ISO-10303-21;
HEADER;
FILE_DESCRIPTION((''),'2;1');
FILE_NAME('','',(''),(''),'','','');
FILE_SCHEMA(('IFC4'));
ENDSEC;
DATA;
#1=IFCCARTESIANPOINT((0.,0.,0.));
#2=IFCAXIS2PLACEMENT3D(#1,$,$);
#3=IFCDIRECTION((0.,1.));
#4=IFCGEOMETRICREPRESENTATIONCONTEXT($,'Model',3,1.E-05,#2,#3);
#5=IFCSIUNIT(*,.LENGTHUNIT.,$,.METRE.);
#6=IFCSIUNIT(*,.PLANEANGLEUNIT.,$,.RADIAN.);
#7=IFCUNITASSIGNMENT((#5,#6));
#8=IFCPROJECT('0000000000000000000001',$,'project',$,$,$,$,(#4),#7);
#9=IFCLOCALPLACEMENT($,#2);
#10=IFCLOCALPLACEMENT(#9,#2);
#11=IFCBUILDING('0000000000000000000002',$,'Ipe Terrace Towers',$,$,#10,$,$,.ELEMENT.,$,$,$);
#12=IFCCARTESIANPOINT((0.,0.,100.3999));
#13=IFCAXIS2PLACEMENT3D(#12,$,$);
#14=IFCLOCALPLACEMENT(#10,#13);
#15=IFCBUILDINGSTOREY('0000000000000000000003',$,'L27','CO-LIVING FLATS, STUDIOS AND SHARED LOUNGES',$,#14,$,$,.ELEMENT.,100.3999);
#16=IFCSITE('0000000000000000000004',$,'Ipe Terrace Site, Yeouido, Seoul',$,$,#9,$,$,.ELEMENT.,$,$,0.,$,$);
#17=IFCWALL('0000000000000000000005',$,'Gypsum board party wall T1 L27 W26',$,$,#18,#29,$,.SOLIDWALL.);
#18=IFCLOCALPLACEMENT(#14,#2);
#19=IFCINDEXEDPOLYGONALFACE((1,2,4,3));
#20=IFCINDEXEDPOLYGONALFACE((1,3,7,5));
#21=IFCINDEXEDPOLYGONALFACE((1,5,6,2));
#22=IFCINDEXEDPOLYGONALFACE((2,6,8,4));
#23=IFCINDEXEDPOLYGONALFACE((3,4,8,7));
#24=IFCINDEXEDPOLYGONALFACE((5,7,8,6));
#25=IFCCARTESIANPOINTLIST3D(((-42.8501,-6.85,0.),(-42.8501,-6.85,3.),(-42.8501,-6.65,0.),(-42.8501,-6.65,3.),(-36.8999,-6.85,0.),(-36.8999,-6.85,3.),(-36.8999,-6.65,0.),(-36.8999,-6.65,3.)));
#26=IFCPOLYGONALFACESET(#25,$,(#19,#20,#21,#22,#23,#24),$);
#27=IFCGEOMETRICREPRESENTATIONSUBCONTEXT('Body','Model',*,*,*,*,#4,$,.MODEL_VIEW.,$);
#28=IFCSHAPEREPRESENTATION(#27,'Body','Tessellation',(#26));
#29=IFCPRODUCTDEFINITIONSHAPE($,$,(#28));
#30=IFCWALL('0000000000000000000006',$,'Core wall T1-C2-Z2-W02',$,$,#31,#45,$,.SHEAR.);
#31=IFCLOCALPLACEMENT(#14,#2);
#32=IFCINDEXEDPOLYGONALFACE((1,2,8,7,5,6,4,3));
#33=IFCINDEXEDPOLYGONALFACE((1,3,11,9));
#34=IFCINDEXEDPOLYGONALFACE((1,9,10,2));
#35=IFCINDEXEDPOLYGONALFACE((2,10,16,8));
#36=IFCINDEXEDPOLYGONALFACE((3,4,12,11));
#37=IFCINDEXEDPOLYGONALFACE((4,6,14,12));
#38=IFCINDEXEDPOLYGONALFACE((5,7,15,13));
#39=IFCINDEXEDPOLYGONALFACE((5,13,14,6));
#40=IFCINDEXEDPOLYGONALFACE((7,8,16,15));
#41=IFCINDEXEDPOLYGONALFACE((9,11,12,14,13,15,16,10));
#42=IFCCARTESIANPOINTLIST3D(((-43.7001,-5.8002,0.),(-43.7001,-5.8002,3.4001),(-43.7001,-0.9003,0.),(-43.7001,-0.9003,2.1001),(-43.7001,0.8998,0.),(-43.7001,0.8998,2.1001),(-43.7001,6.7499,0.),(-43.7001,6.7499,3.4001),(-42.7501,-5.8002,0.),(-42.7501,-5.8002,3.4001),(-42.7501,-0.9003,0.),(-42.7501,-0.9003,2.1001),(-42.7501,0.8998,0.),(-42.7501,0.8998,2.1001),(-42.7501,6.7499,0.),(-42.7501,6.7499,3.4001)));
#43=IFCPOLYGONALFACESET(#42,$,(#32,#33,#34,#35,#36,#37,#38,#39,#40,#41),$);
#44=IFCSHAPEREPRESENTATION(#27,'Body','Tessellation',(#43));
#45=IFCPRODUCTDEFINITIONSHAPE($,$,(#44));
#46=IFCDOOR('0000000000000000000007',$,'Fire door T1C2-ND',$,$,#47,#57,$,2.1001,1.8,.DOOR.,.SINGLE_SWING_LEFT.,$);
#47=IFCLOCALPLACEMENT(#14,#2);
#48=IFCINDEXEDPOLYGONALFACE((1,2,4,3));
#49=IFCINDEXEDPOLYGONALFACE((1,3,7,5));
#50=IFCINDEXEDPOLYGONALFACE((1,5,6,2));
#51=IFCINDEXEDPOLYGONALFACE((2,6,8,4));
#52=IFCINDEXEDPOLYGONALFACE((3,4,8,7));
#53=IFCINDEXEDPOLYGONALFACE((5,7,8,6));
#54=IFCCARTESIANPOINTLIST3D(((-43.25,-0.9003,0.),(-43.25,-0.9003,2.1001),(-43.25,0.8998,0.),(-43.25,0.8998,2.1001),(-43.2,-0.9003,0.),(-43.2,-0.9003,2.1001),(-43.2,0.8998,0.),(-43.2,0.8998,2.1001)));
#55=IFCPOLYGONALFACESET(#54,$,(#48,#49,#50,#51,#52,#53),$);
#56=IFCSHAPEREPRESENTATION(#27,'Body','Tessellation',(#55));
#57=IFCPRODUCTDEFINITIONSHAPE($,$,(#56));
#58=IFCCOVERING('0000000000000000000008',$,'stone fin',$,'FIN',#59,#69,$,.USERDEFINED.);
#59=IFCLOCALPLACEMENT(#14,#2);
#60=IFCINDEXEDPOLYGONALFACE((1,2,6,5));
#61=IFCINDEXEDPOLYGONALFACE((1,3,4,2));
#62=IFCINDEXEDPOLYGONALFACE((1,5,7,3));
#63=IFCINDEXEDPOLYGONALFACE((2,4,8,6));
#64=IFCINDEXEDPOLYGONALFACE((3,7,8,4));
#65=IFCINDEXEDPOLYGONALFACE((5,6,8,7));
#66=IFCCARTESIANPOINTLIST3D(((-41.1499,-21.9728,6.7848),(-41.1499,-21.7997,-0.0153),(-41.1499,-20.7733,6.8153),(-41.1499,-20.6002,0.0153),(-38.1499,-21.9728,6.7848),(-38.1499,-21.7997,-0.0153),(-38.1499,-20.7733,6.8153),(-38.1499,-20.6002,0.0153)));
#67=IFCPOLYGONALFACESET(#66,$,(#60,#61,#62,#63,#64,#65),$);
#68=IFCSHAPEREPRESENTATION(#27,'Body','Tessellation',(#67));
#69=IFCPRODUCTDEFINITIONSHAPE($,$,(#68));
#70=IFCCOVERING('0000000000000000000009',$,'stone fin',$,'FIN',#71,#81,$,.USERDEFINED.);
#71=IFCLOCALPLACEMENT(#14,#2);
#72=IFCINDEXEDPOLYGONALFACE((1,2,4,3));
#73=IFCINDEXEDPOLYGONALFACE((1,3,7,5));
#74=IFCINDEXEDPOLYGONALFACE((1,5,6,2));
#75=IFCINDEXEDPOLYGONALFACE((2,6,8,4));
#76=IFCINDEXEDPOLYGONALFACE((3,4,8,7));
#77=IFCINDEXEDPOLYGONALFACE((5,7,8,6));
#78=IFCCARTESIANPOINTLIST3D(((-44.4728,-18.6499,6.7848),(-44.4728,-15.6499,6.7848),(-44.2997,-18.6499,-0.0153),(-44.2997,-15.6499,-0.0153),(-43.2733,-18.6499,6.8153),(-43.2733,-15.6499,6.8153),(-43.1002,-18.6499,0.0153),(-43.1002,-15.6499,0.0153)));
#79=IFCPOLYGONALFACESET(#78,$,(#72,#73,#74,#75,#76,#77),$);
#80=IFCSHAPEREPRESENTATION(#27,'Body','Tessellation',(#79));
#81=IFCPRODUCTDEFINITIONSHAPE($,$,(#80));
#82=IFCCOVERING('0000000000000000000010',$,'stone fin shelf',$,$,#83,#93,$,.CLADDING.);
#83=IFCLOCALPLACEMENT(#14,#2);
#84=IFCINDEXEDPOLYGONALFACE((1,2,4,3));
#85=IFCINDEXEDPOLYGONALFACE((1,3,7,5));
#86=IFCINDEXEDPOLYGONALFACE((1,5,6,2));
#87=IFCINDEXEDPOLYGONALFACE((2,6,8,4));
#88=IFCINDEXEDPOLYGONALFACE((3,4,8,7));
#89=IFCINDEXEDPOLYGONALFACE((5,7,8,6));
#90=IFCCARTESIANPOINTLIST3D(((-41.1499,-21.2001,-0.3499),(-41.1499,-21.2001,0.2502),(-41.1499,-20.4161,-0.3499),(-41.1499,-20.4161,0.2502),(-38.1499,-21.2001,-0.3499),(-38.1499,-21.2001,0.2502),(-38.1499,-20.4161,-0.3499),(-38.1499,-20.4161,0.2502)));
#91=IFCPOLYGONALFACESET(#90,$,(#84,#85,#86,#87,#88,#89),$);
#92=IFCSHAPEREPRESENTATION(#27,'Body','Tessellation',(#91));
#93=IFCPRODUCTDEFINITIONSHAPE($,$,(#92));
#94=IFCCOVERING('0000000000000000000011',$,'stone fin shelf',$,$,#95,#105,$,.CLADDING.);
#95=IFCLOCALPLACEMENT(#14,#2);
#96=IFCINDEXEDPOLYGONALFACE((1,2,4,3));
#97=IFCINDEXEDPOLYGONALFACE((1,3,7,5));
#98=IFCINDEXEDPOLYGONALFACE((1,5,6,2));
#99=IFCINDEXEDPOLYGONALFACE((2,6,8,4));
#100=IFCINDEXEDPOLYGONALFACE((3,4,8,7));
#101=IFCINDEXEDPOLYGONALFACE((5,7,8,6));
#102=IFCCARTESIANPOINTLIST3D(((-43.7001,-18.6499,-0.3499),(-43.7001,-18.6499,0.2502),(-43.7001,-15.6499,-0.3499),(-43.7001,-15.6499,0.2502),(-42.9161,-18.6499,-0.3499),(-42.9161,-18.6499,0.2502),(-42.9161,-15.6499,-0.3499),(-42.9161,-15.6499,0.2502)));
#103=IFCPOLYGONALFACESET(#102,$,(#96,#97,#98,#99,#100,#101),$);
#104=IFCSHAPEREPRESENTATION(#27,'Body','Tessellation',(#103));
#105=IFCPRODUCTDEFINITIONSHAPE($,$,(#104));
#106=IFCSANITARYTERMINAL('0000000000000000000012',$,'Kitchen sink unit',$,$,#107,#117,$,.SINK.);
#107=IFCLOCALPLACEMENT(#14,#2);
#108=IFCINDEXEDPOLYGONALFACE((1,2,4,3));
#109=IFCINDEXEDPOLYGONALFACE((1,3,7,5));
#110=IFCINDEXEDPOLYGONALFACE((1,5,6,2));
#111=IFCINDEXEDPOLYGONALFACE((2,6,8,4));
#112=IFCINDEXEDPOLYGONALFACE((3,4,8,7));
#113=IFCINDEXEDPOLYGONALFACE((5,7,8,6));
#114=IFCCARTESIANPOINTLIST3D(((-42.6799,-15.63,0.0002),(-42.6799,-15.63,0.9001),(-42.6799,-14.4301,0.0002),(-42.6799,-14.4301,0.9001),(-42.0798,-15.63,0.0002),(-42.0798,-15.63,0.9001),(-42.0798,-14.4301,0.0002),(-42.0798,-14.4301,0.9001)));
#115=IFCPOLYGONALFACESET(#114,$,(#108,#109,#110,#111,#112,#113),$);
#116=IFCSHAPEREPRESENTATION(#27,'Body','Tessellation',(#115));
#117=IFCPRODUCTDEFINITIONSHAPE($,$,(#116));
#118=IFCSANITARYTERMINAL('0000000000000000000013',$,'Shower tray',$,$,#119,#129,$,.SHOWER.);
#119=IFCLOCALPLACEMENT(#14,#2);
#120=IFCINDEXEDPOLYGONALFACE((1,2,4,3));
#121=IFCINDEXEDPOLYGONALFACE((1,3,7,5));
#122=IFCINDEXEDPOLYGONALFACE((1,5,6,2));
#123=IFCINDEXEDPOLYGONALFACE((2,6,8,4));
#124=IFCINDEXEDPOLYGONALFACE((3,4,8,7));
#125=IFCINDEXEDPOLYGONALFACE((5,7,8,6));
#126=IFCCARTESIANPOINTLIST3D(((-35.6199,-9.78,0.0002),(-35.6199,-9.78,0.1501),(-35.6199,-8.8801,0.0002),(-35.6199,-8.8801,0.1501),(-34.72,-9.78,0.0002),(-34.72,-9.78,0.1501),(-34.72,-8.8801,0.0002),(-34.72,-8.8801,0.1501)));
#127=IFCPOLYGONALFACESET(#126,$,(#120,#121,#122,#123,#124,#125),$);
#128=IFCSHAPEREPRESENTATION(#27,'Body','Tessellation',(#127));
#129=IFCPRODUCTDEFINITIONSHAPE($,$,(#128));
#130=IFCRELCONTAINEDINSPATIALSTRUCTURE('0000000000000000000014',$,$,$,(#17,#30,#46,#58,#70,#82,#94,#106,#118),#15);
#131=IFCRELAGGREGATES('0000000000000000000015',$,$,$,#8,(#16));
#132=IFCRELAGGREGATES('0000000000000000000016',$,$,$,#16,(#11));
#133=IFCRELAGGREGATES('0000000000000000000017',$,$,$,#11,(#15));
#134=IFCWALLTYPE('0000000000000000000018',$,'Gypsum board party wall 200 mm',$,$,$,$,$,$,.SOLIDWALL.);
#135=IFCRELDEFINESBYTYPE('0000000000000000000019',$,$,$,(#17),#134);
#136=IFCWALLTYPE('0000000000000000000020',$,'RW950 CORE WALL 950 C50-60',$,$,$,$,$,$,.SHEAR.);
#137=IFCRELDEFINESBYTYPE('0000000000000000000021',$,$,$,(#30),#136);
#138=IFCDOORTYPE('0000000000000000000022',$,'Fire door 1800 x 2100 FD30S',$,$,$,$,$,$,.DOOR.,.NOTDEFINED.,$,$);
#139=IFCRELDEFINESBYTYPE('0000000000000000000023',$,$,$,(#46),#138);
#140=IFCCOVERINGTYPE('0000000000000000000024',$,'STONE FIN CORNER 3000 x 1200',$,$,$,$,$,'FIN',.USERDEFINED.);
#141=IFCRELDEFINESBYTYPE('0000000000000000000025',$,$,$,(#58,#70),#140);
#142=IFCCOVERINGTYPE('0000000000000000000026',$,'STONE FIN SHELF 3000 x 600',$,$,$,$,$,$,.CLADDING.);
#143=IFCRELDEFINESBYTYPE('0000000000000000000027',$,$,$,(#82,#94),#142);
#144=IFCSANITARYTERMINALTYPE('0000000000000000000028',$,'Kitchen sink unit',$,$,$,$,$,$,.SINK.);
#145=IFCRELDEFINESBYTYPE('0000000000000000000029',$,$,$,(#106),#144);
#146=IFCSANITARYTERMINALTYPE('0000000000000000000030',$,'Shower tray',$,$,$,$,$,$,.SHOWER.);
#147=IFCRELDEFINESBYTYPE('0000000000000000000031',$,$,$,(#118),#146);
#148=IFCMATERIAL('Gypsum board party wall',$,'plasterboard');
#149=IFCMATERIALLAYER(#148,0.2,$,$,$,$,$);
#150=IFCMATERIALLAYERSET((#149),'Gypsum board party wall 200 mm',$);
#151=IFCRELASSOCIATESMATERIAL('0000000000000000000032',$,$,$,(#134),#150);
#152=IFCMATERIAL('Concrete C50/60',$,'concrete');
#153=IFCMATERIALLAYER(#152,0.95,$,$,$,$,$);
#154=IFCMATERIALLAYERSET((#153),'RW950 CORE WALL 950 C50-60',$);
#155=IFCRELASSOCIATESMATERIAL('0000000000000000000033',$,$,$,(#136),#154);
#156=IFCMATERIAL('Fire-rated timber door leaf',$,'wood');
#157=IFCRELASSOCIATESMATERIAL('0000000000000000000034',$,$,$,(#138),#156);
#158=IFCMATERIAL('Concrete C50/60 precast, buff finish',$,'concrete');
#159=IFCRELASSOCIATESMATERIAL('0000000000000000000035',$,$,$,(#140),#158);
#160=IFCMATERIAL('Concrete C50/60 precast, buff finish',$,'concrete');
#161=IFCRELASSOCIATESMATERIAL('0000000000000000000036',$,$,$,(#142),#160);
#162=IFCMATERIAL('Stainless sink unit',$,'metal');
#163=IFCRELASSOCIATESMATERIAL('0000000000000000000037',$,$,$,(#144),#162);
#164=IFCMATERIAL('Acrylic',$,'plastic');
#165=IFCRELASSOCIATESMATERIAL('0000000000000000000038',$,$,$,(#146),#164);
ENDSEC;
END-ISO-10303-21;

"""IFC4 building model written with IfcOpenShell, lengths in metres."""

from ifc_helpers import new_model, si_unit, direction, frame, frame_2d, origin, origin_2d, place, context, subcontext, project, spatial, rectangle, extrude, material, layer, layer_set, material_profile, profile_set, type_object, element, fill, save


model = new_model("IFC4")

# Units and contexts
model_context = context("Model", 3, precision=1e-05, world=origin(), true_north=direction((0.0, 1.0)))
body_context = subcontext(model_context, "Body", "Model", "MODEL_VIEW")
ifc_project = project(units=[si_unit("LENGTHUNIT", "METRE"), si_unit("PLANEANGLEUNIT", "RADIAN")], contexts=[model_context])

# Site, building, storey
site_placement = place(None, origin())
site = spatial("IfcSite", under=ifc_project, at=site_placement, Name="Ipe Terrace Site, Yeouido, Seoul", CompositionType="ELEMENT", RefElevation=0.0)
building_placement = place(site_placement, origin())
building = spatial("IfcBuilding", under=site, at=building_placement, Name="Ipe Terrace Towers", CompositionType="ELEMENT")
storey_placement = place(building_placement, frame((0.0, 0.0, 100.3999)))
storey = spatial("IfcBuildingStorey", under=building, at=storey_placement, Name="L27", Description="CO-LIVING FLATS, STUDIOS AND SHARED LOUNGES", CompositionType="ELEMENT", Elevation=100.3999)

# Wall
ifc_material_1 = material(Name="Gypsum board party wall", Category="plasterboard")
ifc_layer_1 = layer(ifc_material_1, 0.2)
ifc_layer_set_1 = layer_set([ifc_layer_1], Name="Gypsum board party wall 200 mm")
wall_type_1 = type_object("IfcWallType", Name="Gypsum board party wall 200 mm", PredefinedType="SOLIDWALL", material=ifc_layer_set_1)
wall_1_placement = place(storey_placement, frame((-42.8501, -6.75, 0.0), z_axis=(0.0, 0.0, 1.0), x_axis=(1.0, 0.0, 0.0)))
element("IfcWall", 1, at=wall_1_placement, inside=storey, type_object=wall_type_1, Name="Gypsum board party wall T1 L27 W26", PredefinedType="SOLIDWALL", context=body_context, shape_type="SweptSolid", body=[
    extrude(rectangle(XDim=5.9502, YDim=0.2, at=frame_2d((2.9751, 0.0))), origin(), (0.0, 0.0, 1.0), 3.0),
])

# Wall, opening, door
ifc_material_2 = material(Name="Concrete C50/60", Category="concrete")
ifc_layer_2 = layer(ifc_material_2, 0.95)
ifc_layer_set_2 = layer_set([ifc_layer_2], Name="RW950 CORE WALL 950 C50-60")
wall_type_2 = type_object("IfcWallType", Name="RW950 CORE WALL 950 C50-60", PredefinedType="SHEAR", material=ifc_layer_set_2)
wall_2_placement = place(storey_placement, frame((-43.2251, -5.8, 0.0), z_axis=(0.0, 0.0, 1.0), x_axis=(0.0, 1.0, 0.0)))
wall_2 = element("IfcWall", 2, at=wall_2_placement, inside=storey, type_object=wall_type_2, Name="Core wall T1-C2-Z2-W02", PredefinedType="SHEAR", context=body_context, shape_type="SweptSolid", body=[
    extrude(rectangle(XDim=12.55, YDim=0.95, at=frame_2d((6.2749, 0.0))), origin(), (0.0, 0.0, 1.0), 3.4001),
])
opening_1_placement = place(wall_2_placement, frame((4.8999, 0.0, 0.0)))
opening_1 = element("IfcOpeningElement", 3, at=opening_1_placement, cuts=wall_2, PredefinedType="OPENING", context=body_context, shape_type="SweptSolid", body=[
    extrude(rectangle(XDim=1.8, YDim=2.1001, at=frame_2d((0.8999, 1.05))), frame((0.0, 0.4849, 0.0), z_axis=(0.0, -1.0, 0.0), x_axis=(1.0, 0.0, 0.0)), (0.0, 0.0, 1.0), 0.97),
])
ifc_material_3 = material(Name="Fire-rated timber door leaf", Category="wood")
door_type_1 = type_object("IfcDoorType", Name="Fire door 1800 x 2100 FD30S", OperationType="NOTDEFINED", PredefinedType="DOOR", material=ifc_material_3)
door_1_placement = place(opening_1_placement, origin())
door_1 = element("IfcDoor", 4, at=door_1_placement, inside=storey, type_object=door_type_1, Name="Fire door T1C2-ND", OperationType="SINGLE_SWING_LEFT", OverallHeight=2.1001, OverallWidth=1.8, PredefinedType="DOOR", context=body_context, shape_type="SweptSolid", body=[
    extrude(rectangle(XDim=1.8, YDim=2.1001, at=frame_2d((0.8999, 1.05))), frame((0.0, 0.0249, 0.0), z_axis=(0.0, -1.0, 0.0), x_axis=(1.0, 0.0, 0.0)), (0.0, 0.0, 1.0), 0.05),
])
fill(opening_1, door_1)

# Coverings
ifc_material_4 = material(Name="Concrete C50/60 precast, buff finish", Category="concrete")
ifc_material_profile_1 = material_profile(ifc_material_4, rectangle(XDim=3.0, YDim=1.2, at=origin_2d()), Name="STONE FIN CORNER 3000 x 1200")
ifc_profile_set_1 = profile_set([ifc_material_profile_1], Name="Concrete C50/60 precast, buff finish")
covering_type_1 = type_object("IfcCoveringType", Name="STONE FIN CORNER 3000 x 1200", ElementType="FIN", PredefinedType="USERDEFINED", material=ifc_profile_set_1)
for number, where, z_axis, x_axis, name in (
    (5, (-39.6499, -21.2, 0.0), (0.0, -0.025447, 0.999676), (1.0, 0.0, 0.0), "stone fin"),
    (6, (-43.7, -17.1499, 0.0), (-0.025447, 0.0, 0.999676), (0.0, -1.0, 0.0), "stone fin"),
):
    element("IfcCovering", number, at=place(storey_placement, frame(where, z_axis=z_axis, x_axis=x_axis)), inside=storey, type_object=covering_type_1, Name=name, ObjectType="FIN", PredefinedType="USERDEFINED", context=body_context, shape_type="SweptSolid", body=[
        extrude(rectangle(XDim=3.0, YDim=1.2, at=origin_2d()), origin(), (0.0, 0.0, 1.0), 6.8022),
    ])
ifc_material_5 = material(Name="Concrete C50/60 precast, buff finish", Category="concrete")
covering_type_2 = type_object("IfcCoveringType", Name="STONE FIN SHELF 3000 x 600", PredefinedType="CLADDING", material=ifc_material_5)
for number, where, z_axis, x_axis, name in (
    (7, (-39.6499, -20.8081, -0.3499), (0.0, 0.0, 1.0), (1.0, 0.0, 0.0), "stone fin shelf"),
    (8, (-43.3081, -17.1499, -0.3499), (0.0, 0.0, 1.0), (0.0, -1.0, 0.0), "stone fin shelf"),
):
    element("IfcCovering", number, at=place(storey_placement, frame(where, z_axis=z_axis, x_axis=x_axis)), inside=storey, type_object=covering_type_2, Name=name, PredefinedType="CLADDING", context=body_context, shape_type="SweptSolid", body=[
        extrude(rectangle(XDim=3.0, YDim=0.7839, at=origin_2d()), origin(), (0.0, 0.0, 1.0), 0.6001),
    ])

# Sanitary terminals
ifc_material_6 = material(Name="Stainless sink unit", Category="metal")
sanitary_terminal_type_1 = type_object("IfcSanitaryTerminalType", Name="Kitchen sink unit", PredefinedType="SINK", material=ifc_material_6)
sanitary_terminal_1_placement = place(storey_placement, frame((-42.3799, -15.03, 0.0002), z_axis=(0.0, 0.0, 1.0), x_axis=(0.0, 1.0, 0.0)))
element("IfcSanitaryTerminal", 9, at=sanitary_terminal_1_placement, inside=storey, type_object=sanitary_terminal_type_1, Name="Kitchen sink unit", PredefinedType="SINK", context=body_context, shape_type="SweptSolid", body=[
    extrude(rectangle(XDim=1.2, YDim=0.6001, at=origin_2d()), origin(), (0.0, 0.0, 1.0), 0.8999),
])
ifc_material_7 = material(Name="Acrylic", Category="plastic")
sanitary_terminal_type_2 = type_object("IfcSanitaryTerminalType", Name="Shower tray", PredefinedType="SHOWER", material=ifc_material_7)
sanitary_terminal_2_placement = place(storey_placement, frame((-35.1699, -9.3301, 0.0002), z_axis=(0.0, 0.0, 1.0), x_axis=(-1.0, 0.0, 0.0)))
element("IfcSanitaryTerminal", 10, at=sanitary_terminal_2_placement, inside=storey, type_object=sanitary_terminal_type_2, Name="Shower tray", PredefinedType="SHOWER", context=body_context, shape_type="SweptSolid", body=[
    extrude(rectangle(XDim=0.8999, YDim=0.8999, at=origin_2d()), origin(), (0.0, 0.0, 1.0), 0.1499),
])

save(model, "model.ifc")
